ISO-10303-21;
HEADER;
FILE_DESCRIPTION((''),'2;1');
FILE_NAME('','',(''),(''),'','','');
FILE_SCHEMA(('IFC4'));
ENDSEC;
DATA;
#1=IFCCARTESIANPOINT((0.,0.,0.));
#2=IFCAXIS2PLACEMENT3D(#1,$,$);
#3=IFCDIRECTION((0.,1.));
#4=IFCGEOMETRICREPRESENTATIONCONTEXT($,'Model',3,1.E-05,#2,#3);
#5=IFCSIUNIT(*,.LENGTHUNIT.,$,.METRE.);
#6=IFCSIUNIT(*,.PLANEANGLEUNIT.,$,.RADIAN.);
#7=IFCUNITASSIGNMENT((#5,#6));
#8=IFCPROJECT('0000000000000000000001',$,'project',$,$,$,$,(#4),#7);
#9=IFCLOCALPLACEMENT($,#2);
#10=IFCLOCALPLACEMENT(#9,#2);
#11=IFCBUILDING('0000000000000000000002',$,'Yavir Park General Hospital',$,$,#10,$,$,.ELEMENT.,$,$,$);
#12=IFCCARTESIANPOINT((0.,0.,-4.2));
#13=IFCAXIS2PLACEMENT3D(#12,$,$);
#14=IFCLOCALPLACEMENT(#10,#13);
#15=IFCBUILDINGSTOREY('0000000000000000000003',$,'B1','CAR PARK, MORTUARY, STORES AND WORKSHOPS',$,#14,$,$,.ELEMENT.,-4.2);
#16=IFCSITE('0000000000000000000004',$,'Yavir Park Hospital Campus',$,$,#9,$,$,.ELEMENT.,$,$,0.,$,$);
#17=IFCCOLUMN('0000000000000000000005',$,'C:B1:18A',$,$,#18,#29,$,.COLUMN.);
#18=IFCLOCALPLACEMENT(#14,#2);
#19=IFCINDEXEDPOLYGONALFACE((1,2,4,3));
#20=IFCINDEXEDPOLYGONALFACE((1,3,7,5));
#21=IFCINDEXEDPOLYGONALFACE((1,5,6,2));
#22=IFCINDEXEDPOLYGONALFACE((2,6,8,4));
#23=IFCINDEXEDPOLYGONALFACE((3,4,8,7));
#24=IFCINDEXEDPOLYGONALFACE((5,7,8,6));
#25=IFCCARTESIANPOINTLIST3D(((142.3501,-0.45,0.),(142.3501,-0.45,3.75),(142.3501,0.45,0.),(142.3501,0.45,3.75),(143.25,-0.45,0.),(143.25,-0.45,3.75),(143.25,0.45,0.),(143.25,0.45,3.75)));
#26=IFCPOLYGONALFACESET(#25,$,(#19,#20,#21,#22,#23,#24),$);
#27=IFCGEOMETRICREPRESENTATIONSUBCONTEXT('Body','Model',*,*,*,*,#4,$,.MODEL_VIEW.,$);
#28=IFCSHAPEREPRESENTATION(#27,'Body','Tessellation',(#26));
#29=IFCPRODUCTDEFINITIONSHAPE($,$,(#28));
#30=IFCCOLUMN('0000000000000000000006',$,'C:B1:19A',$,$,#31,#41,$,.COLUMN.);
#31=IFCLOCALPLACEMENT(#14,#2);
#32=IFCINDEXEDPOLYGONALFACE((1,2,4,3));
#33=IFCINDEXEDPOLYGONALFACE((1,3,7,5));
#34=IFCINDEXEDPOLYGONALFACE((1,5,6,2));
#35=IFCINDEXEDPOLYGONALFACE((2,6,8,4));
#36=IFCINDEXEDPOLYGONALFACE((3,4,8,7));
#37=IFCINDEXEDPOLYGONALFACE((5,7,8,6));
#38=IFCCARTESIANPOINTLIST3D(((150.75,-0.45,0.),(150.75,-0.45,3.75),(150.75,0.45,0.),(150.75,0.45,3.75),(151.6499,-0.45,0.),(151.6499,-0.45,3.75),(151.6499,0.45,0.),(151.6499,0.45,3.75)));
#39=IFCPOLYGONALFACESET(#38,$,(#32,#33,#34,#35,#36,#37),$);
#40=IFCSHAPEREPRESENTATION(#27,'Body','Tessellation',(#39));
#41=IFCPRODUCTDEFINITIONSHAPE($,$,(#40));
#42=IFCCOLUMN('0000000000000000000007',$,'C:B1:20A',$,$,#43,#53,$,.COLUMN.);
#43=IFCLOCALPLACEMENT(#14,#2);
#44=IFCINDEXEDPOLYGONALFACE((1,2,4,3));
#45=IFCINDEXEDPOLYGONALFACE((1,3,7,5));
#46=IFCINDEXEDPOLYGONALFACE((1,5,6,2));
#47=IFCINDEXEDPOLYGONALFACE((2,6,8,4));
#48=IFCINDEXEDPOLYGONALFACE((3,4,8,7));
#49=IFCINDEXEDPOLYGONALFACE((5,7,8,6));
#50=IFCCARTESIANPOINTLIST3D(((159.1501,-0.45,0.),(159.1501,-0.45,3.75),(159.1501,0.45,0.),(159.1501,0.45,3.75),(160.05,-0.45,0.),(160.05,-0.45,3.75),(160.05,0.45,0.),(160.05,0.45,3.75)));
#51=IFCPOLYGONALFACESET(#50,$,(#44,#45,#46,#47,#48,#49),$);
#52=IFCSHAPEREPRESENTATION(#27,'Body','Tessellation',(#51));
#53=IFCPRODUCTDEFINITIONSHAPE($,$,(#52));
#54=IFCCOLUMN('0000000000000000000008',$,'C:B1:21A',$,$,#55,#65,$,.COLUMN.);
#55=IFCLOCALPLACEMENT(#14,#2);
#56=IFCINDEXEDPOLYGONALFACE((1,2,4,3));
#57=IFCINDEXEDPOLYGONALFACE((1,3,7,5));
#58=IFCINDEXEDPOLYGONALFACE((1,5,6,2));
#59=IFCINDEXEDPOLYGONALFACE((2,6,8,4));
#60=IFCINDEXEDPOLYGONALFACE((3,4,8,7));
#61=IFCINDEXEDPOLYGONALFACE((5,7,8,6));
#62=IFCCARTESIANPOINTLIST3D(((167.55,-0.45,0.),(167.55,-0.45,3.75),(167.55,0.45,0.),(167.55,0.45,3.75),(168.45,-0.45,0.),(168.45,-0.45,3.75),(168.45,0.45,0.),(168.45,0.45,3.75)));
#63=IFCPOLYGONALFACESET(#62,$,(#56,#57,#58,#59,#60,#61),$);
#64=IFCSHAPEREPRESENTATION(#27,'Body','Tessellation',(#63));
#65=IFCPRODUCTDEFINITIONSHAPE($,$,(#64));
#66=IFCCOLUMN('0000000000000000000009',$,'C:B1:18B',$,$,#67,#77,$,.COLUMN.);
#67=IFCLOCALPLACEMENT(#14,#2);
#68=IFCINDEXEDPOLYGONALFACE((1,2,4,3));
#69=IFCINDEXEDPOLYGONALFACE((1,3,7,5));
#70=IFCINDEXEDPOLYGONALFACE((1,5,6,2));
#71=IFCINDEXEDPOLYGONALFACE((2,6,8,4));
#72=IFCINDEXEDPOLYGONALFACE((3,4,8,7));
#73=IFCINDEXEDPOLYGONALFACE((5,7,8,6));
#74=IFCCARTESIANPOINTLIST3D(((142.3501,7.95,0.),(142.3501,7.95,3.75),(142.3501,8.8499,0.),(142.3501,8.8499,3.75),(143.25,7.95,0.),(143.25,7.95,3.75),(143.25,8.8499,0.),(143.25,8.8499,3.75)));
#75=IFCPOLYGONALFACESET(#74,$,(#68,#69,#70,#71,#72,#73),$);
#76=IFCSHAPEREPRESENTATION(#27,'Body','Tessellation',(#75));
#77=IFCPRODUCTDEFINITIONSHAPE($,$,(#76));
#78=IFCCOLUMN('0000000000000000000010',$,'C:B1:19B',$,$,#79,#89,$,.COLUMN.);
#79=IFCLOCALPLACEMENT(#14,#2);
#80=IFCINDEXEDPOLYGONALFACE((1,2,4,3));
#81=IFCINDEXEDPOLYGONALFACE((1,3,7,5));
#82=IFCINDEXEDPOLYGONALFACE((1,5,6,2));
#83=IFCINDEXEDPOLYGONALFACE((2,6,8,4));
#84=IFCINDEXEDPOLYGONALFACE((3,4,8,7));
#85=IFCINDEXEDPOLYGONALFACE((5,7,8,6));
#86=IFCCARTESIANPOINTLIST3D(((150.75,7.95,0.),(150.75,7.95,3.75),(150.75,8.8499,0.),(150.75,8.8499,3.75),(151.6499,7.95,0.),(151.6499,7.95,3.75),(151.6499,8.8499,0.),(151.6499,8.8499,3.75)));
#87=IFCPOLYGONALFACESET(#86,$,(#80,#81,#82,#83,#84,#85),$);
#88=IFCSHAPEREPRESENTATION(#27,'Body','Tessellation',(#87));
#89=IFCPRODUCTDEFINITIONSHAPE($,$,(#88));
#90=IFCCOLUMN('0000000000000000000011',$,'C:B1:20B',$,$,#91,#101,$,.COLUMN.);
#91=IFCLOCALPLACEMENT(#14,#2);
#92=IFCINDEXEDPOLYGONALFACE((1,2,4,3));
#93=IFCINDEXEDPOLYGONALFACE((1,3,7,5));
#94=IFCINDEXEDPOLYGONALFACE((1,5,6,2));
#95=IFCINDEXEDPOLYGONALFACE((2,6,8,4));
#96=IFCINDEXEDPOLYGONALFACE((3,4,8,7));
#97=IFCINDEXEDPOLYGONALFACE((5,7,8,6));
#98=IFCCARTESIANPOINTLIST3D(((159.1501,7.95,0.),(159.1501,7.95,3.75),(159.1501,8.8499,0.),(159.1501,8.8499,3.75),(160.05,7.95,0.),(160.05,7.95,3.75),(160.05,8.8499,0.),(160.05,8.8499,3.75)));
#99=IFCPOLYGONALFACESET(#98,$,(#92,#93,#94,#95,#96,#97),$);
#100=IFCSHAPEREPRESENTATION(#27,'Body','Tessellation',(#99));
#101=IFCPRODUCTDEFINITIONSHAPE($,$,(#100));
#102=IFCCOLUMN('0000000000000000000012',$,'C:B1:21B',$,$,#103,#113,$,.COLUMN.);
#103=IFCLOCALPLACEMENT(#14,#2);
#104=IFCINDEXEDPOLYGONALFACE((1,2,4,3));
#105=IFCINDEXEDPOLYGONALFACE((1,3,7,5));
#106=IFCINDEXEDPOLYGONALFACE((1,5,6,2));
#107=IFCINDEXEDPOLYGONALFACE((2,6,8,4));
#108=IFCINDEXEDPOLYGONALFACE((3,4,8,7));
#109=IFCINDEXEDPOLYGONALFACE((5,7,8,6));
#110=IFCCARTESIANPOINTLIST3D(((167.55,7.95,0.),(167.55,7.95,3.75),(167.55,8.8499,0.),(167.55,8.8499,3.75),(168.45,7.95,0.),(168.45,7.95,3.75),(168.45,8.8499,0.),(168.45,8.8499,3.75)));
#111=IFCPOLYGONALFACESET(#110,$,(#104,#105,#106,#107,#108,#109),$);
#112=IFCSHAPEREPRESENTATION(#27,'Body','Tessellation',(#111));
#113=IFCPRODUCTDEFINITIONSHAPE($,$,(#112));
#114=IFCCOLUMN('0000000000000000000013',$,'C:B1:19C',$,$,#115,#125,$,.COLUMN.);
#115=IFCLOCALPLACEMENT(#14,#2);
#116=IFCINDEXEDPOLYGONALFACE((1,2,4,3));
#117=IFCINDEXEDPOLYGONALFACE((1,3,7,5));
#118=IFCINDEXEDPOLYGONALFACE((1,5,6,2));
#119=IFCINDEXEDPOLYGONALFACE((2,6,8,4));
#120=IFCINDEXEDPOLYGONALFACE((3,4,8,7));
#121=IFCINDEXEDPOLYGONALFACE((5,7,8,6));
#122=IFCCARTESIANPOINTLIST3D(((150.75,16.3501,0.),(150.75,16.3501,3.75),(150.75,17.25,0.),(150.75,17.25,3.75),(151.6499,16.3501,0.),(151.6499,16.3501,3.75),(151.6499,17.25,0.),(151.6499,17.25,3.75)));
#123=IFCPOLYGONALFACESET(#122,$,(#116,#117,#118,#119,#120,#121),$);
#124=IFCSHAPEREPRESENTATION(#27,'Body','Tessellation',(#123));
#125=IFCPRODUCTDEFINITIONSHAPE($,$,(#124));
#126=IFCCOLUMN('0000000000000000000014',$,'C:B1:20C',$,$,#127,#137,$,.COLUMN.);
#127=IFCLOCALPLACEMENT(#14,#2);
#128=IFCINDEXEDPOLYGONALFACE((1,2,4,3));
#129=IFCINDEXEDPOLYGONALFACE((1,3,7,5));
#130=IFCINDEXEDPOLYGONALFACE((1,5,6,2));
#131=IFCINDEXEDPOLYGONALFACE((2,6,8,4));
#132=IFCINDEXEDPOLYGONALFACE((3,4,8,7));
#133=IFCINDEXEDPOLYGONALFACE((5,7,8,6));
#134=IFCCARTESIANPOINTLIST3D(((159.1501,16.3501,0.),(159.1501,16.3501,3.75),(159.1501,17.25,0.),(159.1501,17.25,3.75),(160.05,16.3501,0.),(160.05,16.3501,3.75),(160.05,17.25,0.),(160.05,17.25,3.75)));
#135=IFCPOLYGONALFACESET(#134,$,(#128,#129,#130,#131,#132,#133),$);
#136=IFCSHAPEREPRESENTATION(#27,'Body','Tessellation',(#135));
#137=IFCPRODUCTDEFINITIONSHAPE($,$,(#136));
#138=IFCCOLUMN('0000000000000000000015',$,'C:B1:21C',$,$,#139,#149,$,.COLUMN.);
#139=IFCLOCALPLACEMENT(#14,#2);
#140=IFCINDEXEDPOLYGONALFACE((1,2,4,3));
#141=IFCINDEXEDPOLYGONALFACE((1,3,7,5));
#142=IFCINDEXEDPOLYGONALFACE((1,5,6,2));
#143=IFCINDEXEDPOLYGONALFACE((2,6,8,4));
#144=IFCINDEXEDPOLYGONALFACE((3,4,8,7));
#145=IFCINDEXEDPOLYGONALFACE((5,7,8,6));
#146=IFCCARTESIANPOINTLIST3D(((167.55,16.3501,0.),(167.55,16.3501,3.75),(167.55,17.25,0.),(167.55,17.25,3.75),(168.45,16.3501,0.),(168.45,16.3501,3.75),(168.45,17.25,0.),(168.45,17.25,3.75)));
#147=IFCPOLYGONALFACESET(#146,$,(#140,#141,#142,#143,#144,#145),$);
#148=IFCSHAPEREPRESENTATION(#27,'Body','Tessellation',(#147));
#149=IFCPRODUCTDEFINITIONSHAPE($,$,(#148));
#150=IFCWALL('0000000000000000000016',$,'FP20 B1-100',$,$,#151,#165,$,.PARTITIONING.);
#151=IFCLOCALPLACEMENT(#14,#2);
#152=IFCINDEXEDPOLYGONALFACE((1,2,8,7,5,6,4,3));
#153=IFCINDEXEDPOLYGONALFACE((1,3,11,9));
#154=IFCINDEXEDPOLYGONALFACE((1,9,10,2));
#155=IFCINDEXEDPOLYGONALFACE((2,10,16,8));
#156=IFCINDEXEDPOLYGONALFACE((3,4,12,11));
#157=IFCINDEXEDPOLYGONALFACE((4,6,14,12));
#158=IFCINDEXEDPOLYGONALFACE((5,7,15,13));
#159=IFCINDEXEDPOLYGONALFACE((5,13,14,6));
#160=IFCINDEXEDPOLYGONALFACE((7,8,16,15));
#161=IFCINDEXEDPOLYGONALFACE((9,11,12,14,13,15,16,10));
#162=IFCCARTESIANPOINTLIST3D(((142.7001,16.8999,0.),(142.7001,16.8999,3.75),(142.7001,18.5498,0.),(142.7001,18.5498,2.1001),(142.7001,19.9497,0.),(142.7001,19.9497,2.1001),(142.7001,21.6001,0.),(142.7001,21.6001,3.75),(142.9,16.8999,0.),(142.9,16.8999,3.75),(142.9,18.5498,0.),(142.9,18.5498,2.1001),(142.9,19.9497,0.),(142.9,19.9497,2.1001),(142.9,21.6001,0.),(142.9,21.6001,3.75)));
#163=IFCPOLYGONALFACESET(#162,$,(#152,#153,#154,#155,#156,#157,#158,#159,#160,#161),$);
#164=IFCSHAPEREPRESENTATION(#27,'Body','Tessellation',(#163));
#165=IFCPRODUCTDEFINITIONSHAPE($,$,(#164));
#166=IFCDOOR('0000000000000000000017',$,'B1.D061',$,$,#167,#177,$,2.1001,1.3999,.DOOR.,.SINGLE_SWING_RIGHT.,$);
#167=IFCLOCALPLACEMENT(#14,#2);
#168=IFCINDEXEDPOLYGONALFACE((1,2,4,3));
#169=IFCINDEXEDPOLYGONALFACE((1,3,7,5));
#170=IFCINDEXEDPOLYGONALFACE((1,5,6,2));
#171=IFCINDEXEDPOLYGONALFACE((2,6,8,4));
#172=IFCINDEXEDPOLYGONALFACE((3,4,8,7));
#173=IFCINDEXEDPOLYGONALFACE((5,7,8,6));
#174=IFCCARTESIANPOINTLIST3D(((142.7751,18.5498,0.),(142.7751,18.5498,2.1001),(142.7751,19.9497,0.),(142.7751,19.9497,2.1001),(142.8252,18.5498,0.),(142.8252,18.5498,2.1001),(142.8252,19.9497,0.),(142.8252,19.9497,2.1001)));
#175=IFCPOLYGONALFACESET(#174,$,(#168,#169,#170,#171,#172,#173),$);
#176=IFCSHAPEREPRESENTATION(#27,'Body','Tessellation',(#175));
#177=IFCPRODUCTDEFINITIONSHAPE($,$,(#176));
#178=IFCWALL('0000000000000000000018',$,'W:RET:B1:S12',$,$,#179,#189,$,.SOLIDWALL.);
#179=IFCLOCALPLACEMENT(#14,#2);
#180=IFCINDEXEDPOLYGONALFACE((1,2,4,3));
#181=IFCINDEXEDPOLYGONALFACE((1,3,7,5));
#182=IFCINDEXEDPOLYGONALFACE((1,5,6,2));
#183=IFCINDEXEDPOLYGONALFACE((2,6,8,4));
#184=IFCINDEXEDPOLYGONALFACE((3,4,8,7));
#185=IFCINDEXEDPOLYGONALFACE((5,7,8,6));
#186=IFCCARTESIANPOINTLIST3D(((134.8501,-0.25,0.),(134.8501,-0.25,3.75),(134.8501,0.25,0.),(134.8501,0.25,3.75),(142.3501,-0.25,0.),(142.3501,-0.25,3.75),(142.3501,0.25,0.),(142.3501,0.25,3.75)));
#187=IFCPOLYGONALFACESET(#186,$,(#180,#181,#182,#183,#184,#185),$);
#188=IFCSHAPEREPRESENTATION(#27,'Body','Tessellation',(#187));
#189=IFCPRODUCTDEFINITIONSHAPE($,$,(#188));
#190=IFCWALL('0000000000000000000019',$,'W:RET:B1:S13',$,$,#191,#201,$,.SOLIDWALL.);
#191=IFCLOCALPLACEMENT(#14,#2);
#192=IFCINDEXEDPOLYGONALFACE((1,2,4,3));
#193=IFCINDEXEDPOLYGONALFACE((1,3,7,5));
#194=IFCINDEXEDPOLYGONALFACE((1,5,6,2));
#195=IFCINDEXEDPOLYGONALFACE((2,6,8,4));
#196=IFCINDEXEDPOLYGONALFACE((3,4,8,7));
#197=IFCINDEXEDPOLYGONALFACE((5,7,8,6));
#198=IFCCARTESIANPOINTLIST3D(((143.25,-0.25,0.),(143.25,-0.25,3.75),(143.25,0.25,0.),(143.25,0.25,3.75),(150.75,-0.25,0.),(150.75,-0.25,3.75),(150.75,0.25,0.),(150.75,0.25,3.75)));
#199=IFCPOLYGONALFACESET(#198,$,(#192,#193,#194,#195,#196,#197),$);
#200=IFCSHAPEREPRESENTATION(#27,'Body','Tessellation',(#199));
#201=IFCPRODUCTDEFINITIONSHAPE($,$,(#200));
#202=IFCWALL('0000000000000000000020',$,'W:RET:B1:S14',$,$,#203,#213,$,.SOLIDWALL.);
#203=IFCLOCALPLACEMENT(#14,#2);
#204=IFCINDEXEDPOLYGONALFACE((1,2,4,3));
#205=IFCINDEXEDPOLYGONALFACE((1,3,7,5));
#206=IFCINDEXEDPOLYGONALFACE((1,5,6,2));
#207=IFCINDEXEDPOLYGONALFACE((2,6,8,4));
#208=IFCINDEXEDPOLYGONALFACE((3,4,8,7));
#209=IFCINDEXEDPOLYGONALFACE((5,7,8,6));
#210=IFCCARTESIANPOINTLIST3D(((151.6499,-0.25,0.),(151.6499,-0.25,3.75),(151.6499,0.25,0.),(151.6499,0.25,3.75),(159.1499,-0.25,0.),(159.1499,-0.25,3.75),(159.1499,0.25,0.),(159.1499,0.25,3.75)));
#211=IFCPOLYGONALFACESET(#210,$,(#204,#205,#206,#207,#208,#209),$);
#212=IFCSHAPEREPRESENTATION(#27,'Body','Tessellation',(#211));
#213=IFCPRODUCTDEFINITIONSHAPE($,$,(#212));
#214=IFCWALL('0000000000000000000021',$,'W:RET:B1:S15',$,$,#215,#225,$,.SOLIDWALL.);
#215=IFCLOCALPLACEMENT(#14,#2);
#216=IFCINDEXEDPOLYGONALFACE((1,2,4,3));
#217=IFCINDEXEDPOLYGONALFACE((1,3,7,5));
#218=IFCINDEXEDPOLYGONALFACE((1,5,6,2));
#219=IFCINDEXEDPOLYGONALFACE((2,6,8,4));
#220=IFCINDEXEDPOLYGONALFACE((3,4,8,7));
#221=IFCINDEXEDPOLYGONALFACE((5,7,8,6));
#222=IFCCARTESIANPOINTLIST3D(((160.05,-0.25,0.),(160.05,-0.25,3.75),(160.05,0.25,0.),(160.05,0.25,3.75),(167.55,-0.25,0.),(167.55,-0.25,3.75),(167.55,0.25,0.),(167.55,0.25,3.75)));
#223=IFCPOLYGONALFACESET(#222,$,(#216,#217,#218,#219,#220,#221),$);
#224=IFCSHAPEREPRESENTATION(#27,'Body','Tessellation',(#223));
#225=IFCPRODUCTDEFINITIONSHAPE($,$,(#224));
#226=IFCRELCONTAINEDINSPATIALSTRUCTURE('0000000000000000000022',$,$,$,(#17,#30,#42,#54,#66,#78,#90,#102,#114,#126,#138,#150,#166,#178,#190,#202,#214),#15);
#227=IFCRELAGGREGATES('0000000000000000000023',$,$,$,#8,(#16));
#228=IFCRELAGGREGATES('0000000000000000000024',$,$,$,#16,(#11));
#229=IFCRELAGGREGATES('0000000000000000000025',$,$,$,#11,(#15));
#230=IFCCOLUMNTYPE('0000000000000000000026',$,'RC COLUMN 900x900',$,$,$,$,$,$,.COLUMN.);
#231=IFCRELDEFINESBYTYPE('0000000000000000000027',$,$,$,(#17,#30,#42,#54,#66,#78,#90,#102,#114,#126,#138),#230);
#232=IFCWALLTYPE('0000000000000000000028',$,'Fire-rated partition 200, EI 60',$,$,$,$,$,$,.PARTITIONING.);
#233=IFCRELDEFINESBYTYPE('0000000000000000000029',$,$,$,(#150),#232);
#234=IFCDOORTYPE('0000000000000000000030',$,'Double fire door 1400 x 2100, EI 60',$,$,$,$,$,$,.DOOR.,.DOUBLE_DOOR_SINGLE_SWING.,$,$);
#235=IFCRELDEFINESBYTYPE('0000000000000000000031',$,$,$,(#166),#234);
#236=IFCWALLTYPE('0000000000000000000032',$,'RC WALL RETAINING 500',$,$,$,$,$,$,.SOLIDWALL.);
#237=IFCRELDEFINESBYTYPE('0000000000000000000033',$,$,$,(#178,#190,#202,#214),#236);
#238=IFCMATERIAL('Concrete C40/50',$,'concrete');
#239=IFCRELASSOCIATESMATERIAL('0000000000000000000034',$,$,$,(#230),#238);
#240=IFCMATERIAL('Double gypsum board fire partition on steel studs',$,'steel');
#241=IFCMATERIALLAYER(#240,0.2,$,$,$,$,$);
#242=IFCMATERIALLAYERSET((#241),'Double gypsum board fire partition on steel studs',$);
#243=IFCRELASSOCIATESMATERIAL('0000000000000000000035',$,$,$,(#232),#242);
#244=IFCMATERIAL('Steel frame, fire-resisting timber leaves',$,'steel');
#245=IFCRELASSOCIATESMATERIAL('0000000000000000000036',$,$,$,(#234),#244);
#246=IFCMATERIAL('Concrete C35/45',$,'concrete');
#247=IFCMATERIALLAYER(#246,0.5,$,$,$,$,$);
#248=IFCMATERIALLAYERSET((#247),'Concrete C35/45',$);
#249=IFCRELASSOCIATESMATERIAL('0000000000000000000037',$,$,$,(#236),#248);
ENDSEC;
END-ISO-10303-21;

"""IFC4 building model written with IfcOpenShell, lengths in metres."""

from ifc_helpers import new_model, si_unit, direction, frame, frame_2d, origin, origin_2d, place, context, subcontext, project, spatial, rectangle, extrude, material, layer, layer_set, material_profile, profile_set, type_object, element, fill, save


model = new_model("IFC4")

# Units and contexts
model_context = context("Model", 3, precision=1e-05, world=origin(), true_north=direction((0.0, 1.0)))
body_context = subcontext(model_context, "Body", "Model", "MODEL_VIEW")
ifc_project = project(units=[si_unit("LENGTHUNIT", "METRE"), si_unit("PLANEANGLEUNIT", "RADIAN")], contexts=[model_context])

# Site, building, storey
site_placement = place(None, origin())
site = spatial("IfcSite", under=ifc_project, at=site_placement, Name="Yavir Park Hospital Campus", CompositionType="ELEMENT", RefElevation=0.0)
building_placement = place(site_placement, origin())
building = spatial("IfcBuilding", under=site, at=building_placement, Name="Yavir Park General Hospital", CompositionType="ELEMENT")
storey_placement = place(building_placement, frame((0.0, 0.0, -4.2)))
storey = spatial("IfcBuildingStorey", under=building, at=storey_placement, Name="B1", Description="CAR PARK, MORTUARY, STORES AND WORKSHOPS", CompositionType="ELEMENT", Elevation=-4.2)

# Columns
ifc_material_1 = material(Name="Concrete C40/50", Category="concrete")
ifc_material_profile = material_profile(ifc_material_1, rectangle(XDim=0.8999, YDim=0.8999, at=origin_2d()), Name="RC900x900")
ifc_profile_set = profile_set([ifc_material_profile], Name="Concrete C40/50")
column_type = type_object("IfcColumnType", Name="RC COLUMN 900x900", PredefinedType="COLUMN", material=ifc_profile_set)
for number, where, z_axis, x_axis, name in (
    (1, (142.8, 0.0, 0.0), (0.0, 0.0, 1.0), (1.0, 0.0, 0.0), "C:B1:18A"),
    (2, (151.2, 0.0, 0.0), (0.0, 0.0, 1.0), (1.0, 0.0, 0.0), "C:B1:19A"),
    (3, (159.6001, 0.0, 0.0), (0.0, 0.0, 1.0), (1.0, 0.0, 0.0), "C:B1:20A"),
    (4, (168.0, 0.0, 0.0), (0.0, 0.0, 1.0), (1.0, 0.0, 0.0), "C:B1:21A"),
    (5, (142.8, 8.3999, 0.0), (0.0, 0.0, 1.0), (1.0, 0.0, 0.0), "C:B1:18B"),
    (6, (151.2, 8.3999, 0.0), (0.0, 0.0, 1.0), (1.0, 0.0, 0.0), "C:B1:19B"),
    (7, (159.6001, 8.3999, 0.0), (0.0, 0.0, 1.0), (1.0, 0.0, 0.0), "C:B1:20B"),
    (8, (168.0, 8.3999, 0.0), (0.0, 0.0, 1.0), (1.0, 0.0, 0.0), "C:B1:21B"),
    (9, (151.2, 16.8, 0.0), (0.0, 0.0, 1.0), (1.0, 0.0, 0.0), "C:B1:19C"),
    (10, (159.6001, 16.8, 0.0), (0.0, 0.0, 1.0), (1.0, 0.0, 0.0), "C:B1:20C"),
    (11, (168.0, 16.8, 0.0), (0.0, 0.0, 1.0), (1.0, 0.0, 0.0), "C:B1:21C"),
):
    element("IfcColumn", number, at=place(storey_placement, frame(where, z_axis=z_axis, x_axis=x_axis)), inside=storey, type_object=column_type, Name=name, PredefinedType="COLUMN", context=body_context, shape_type="SweptSolid", body=[
        extrude(rectangle(XDim=0.8999, YDim=0.8999, at=origin_2d()), origin(), (0.0, 0.0, 1.0), 3.75),
    ])

# Wall, opening, door
ifc_material_2 = material(Name="Double gypsum board fire partition on steel studs", Category="steel")
ifc_layer_1 = layer(ifc_material_2, 0.2)
ifc_layer_set_1 = layer_set([ifc_layer_1], Name="Double gypsum board fire partition on steel studs")
wall_type_1 = type_object("IfcWallType", Name="Fire-rated partition 200, EI 60", PredefinedType="PARTITIONING", material=ifc_layer_set_1)
wall_1_placement = place(storey_placement, frame((142.8, 16.8999, 0.0), z_axis=(0.0, 0.0, 1.0), x_axis=(0.0, 1.0, 0.0)))
wall_1 = element("IfcWall", 12, at=wall_1_placement, inside=storey, type_object=wall_type_1, Name="FP20 B1-100", PredefinedType="PARTITIONING", context=body_context, shape_type="SweptSolid", body=[
    extrude(rectangle(XDim=4.7002, YDim=0.2, at=frame_2d((2.3501, 0.0))), origin(), (0.0, 0.0, 1.0), 3.75),
])
opening_placement = place(wall_1_placement, frame((1.6499, 0.0, 0.0)))
opening = element("IfcOpeningElement", 13, at=opening_placement, cuts=wall_1, PredefinedType="OPENING", context=body_context, shape_type="SweptSolid", body=[
    extrude(rectangle(XDim=1.3999, YDim=2.1001, at=frame_2d((0.7, 1.05))), frame((0.0, 0.1099, 0.0), z_axis=(0.0, -1.0, 0.0), x_axis=(1.0, 0.0, 0.0)), (0.0, 0.0, 1.0), 0.22),
])
ifc_material_3 = material(Name="Steel frame, fire-resisting timber leaves", Category="steel")
door_type = type_object("IfcDoorType", Name="Double fire door 1400 x 2100, EI 60", OperationType="DOUBLE_DOOR_SINGLE_SWING", PredefinedType="DOOR", material=ifc_material_3)
door_placement = place(opening_placement, origin())
door = element("IfcDoor", 14, at=door_placement, inside=storey, type_object=door_type, Name="B1.D061", OperationType="SINGLE_SWING_RIGHT", OverallHeight=2.1001, OverallWidth=1.3999, PredefinedType="DOOR", context=body_context, shape_type="SweptSolid", body=[
    extrude(rectangle(XDim=1.3999, YDim=2.1001, at=frame_2d((0.7, 1.05))), frame((0.0, 0.0249, 0.0), z_axis=(0.0, -1.0, 0.0), x_axis=(1.0, 0.0, 0.0)), (0.0, 0.0, 1.0), 0.05),
])
fill(opening, door)

# Walls
ifc_material_4 = material(Name="Concrete C35/45", Category="concrete")
ifc_layer_2 = layer(ifc_material_4, 0.5)
ifc_layer_set_2 = layer_set([ifc_layer_2], Name="Concrete C35/45")
wall_type_2 = type_object("IfcWallType", Name="RC WALL RETAINING 500", PredefinedType="SOLIDWALL", material=ifc_layer_set_2)
for number, where, z_axis, x_axis, name in (
    (15, (134.8501, 0.0, 0.0), (0.0, 0.0, 1.0), (1.0, 0.0, 0.0), "W:RET:B1:S12"),
    (16, (143.25, 0.0, 0.0), (0.0, 0.0, 1.0), (1.0, 0.0, 0.0), "W:RET:B1:S13"),
    (17, (151.6499, 0.0, 0.0), (0.0, 0.0, 1.0), (1.0, 0.0, 0.0), "W:RET:B1:S14"),
    (18, (160.05, 0.0, 0.0), (0.0, 0.0, 1.0), (1.0, 0.0, 0.0), "W:RET:B1:S15"),
):
    element("IfcWall", number, at=place(storey_placement, frame(where, z_axis=z_axis, x_axis=x_axis)), inside=storey, type_object=wall_type_2, Name=name, PredefinedType="SOLIDWALL", context=body_context, shape_type="SweptSolid", body=[
        extrude(rectangle(XDim=7.5, YDim=0.5, at=frame_2d((3.75, 0.0))), origin(), (0.0, 0.0, 1.0), 3.75),
    ])

save(model, "model.ifc")
